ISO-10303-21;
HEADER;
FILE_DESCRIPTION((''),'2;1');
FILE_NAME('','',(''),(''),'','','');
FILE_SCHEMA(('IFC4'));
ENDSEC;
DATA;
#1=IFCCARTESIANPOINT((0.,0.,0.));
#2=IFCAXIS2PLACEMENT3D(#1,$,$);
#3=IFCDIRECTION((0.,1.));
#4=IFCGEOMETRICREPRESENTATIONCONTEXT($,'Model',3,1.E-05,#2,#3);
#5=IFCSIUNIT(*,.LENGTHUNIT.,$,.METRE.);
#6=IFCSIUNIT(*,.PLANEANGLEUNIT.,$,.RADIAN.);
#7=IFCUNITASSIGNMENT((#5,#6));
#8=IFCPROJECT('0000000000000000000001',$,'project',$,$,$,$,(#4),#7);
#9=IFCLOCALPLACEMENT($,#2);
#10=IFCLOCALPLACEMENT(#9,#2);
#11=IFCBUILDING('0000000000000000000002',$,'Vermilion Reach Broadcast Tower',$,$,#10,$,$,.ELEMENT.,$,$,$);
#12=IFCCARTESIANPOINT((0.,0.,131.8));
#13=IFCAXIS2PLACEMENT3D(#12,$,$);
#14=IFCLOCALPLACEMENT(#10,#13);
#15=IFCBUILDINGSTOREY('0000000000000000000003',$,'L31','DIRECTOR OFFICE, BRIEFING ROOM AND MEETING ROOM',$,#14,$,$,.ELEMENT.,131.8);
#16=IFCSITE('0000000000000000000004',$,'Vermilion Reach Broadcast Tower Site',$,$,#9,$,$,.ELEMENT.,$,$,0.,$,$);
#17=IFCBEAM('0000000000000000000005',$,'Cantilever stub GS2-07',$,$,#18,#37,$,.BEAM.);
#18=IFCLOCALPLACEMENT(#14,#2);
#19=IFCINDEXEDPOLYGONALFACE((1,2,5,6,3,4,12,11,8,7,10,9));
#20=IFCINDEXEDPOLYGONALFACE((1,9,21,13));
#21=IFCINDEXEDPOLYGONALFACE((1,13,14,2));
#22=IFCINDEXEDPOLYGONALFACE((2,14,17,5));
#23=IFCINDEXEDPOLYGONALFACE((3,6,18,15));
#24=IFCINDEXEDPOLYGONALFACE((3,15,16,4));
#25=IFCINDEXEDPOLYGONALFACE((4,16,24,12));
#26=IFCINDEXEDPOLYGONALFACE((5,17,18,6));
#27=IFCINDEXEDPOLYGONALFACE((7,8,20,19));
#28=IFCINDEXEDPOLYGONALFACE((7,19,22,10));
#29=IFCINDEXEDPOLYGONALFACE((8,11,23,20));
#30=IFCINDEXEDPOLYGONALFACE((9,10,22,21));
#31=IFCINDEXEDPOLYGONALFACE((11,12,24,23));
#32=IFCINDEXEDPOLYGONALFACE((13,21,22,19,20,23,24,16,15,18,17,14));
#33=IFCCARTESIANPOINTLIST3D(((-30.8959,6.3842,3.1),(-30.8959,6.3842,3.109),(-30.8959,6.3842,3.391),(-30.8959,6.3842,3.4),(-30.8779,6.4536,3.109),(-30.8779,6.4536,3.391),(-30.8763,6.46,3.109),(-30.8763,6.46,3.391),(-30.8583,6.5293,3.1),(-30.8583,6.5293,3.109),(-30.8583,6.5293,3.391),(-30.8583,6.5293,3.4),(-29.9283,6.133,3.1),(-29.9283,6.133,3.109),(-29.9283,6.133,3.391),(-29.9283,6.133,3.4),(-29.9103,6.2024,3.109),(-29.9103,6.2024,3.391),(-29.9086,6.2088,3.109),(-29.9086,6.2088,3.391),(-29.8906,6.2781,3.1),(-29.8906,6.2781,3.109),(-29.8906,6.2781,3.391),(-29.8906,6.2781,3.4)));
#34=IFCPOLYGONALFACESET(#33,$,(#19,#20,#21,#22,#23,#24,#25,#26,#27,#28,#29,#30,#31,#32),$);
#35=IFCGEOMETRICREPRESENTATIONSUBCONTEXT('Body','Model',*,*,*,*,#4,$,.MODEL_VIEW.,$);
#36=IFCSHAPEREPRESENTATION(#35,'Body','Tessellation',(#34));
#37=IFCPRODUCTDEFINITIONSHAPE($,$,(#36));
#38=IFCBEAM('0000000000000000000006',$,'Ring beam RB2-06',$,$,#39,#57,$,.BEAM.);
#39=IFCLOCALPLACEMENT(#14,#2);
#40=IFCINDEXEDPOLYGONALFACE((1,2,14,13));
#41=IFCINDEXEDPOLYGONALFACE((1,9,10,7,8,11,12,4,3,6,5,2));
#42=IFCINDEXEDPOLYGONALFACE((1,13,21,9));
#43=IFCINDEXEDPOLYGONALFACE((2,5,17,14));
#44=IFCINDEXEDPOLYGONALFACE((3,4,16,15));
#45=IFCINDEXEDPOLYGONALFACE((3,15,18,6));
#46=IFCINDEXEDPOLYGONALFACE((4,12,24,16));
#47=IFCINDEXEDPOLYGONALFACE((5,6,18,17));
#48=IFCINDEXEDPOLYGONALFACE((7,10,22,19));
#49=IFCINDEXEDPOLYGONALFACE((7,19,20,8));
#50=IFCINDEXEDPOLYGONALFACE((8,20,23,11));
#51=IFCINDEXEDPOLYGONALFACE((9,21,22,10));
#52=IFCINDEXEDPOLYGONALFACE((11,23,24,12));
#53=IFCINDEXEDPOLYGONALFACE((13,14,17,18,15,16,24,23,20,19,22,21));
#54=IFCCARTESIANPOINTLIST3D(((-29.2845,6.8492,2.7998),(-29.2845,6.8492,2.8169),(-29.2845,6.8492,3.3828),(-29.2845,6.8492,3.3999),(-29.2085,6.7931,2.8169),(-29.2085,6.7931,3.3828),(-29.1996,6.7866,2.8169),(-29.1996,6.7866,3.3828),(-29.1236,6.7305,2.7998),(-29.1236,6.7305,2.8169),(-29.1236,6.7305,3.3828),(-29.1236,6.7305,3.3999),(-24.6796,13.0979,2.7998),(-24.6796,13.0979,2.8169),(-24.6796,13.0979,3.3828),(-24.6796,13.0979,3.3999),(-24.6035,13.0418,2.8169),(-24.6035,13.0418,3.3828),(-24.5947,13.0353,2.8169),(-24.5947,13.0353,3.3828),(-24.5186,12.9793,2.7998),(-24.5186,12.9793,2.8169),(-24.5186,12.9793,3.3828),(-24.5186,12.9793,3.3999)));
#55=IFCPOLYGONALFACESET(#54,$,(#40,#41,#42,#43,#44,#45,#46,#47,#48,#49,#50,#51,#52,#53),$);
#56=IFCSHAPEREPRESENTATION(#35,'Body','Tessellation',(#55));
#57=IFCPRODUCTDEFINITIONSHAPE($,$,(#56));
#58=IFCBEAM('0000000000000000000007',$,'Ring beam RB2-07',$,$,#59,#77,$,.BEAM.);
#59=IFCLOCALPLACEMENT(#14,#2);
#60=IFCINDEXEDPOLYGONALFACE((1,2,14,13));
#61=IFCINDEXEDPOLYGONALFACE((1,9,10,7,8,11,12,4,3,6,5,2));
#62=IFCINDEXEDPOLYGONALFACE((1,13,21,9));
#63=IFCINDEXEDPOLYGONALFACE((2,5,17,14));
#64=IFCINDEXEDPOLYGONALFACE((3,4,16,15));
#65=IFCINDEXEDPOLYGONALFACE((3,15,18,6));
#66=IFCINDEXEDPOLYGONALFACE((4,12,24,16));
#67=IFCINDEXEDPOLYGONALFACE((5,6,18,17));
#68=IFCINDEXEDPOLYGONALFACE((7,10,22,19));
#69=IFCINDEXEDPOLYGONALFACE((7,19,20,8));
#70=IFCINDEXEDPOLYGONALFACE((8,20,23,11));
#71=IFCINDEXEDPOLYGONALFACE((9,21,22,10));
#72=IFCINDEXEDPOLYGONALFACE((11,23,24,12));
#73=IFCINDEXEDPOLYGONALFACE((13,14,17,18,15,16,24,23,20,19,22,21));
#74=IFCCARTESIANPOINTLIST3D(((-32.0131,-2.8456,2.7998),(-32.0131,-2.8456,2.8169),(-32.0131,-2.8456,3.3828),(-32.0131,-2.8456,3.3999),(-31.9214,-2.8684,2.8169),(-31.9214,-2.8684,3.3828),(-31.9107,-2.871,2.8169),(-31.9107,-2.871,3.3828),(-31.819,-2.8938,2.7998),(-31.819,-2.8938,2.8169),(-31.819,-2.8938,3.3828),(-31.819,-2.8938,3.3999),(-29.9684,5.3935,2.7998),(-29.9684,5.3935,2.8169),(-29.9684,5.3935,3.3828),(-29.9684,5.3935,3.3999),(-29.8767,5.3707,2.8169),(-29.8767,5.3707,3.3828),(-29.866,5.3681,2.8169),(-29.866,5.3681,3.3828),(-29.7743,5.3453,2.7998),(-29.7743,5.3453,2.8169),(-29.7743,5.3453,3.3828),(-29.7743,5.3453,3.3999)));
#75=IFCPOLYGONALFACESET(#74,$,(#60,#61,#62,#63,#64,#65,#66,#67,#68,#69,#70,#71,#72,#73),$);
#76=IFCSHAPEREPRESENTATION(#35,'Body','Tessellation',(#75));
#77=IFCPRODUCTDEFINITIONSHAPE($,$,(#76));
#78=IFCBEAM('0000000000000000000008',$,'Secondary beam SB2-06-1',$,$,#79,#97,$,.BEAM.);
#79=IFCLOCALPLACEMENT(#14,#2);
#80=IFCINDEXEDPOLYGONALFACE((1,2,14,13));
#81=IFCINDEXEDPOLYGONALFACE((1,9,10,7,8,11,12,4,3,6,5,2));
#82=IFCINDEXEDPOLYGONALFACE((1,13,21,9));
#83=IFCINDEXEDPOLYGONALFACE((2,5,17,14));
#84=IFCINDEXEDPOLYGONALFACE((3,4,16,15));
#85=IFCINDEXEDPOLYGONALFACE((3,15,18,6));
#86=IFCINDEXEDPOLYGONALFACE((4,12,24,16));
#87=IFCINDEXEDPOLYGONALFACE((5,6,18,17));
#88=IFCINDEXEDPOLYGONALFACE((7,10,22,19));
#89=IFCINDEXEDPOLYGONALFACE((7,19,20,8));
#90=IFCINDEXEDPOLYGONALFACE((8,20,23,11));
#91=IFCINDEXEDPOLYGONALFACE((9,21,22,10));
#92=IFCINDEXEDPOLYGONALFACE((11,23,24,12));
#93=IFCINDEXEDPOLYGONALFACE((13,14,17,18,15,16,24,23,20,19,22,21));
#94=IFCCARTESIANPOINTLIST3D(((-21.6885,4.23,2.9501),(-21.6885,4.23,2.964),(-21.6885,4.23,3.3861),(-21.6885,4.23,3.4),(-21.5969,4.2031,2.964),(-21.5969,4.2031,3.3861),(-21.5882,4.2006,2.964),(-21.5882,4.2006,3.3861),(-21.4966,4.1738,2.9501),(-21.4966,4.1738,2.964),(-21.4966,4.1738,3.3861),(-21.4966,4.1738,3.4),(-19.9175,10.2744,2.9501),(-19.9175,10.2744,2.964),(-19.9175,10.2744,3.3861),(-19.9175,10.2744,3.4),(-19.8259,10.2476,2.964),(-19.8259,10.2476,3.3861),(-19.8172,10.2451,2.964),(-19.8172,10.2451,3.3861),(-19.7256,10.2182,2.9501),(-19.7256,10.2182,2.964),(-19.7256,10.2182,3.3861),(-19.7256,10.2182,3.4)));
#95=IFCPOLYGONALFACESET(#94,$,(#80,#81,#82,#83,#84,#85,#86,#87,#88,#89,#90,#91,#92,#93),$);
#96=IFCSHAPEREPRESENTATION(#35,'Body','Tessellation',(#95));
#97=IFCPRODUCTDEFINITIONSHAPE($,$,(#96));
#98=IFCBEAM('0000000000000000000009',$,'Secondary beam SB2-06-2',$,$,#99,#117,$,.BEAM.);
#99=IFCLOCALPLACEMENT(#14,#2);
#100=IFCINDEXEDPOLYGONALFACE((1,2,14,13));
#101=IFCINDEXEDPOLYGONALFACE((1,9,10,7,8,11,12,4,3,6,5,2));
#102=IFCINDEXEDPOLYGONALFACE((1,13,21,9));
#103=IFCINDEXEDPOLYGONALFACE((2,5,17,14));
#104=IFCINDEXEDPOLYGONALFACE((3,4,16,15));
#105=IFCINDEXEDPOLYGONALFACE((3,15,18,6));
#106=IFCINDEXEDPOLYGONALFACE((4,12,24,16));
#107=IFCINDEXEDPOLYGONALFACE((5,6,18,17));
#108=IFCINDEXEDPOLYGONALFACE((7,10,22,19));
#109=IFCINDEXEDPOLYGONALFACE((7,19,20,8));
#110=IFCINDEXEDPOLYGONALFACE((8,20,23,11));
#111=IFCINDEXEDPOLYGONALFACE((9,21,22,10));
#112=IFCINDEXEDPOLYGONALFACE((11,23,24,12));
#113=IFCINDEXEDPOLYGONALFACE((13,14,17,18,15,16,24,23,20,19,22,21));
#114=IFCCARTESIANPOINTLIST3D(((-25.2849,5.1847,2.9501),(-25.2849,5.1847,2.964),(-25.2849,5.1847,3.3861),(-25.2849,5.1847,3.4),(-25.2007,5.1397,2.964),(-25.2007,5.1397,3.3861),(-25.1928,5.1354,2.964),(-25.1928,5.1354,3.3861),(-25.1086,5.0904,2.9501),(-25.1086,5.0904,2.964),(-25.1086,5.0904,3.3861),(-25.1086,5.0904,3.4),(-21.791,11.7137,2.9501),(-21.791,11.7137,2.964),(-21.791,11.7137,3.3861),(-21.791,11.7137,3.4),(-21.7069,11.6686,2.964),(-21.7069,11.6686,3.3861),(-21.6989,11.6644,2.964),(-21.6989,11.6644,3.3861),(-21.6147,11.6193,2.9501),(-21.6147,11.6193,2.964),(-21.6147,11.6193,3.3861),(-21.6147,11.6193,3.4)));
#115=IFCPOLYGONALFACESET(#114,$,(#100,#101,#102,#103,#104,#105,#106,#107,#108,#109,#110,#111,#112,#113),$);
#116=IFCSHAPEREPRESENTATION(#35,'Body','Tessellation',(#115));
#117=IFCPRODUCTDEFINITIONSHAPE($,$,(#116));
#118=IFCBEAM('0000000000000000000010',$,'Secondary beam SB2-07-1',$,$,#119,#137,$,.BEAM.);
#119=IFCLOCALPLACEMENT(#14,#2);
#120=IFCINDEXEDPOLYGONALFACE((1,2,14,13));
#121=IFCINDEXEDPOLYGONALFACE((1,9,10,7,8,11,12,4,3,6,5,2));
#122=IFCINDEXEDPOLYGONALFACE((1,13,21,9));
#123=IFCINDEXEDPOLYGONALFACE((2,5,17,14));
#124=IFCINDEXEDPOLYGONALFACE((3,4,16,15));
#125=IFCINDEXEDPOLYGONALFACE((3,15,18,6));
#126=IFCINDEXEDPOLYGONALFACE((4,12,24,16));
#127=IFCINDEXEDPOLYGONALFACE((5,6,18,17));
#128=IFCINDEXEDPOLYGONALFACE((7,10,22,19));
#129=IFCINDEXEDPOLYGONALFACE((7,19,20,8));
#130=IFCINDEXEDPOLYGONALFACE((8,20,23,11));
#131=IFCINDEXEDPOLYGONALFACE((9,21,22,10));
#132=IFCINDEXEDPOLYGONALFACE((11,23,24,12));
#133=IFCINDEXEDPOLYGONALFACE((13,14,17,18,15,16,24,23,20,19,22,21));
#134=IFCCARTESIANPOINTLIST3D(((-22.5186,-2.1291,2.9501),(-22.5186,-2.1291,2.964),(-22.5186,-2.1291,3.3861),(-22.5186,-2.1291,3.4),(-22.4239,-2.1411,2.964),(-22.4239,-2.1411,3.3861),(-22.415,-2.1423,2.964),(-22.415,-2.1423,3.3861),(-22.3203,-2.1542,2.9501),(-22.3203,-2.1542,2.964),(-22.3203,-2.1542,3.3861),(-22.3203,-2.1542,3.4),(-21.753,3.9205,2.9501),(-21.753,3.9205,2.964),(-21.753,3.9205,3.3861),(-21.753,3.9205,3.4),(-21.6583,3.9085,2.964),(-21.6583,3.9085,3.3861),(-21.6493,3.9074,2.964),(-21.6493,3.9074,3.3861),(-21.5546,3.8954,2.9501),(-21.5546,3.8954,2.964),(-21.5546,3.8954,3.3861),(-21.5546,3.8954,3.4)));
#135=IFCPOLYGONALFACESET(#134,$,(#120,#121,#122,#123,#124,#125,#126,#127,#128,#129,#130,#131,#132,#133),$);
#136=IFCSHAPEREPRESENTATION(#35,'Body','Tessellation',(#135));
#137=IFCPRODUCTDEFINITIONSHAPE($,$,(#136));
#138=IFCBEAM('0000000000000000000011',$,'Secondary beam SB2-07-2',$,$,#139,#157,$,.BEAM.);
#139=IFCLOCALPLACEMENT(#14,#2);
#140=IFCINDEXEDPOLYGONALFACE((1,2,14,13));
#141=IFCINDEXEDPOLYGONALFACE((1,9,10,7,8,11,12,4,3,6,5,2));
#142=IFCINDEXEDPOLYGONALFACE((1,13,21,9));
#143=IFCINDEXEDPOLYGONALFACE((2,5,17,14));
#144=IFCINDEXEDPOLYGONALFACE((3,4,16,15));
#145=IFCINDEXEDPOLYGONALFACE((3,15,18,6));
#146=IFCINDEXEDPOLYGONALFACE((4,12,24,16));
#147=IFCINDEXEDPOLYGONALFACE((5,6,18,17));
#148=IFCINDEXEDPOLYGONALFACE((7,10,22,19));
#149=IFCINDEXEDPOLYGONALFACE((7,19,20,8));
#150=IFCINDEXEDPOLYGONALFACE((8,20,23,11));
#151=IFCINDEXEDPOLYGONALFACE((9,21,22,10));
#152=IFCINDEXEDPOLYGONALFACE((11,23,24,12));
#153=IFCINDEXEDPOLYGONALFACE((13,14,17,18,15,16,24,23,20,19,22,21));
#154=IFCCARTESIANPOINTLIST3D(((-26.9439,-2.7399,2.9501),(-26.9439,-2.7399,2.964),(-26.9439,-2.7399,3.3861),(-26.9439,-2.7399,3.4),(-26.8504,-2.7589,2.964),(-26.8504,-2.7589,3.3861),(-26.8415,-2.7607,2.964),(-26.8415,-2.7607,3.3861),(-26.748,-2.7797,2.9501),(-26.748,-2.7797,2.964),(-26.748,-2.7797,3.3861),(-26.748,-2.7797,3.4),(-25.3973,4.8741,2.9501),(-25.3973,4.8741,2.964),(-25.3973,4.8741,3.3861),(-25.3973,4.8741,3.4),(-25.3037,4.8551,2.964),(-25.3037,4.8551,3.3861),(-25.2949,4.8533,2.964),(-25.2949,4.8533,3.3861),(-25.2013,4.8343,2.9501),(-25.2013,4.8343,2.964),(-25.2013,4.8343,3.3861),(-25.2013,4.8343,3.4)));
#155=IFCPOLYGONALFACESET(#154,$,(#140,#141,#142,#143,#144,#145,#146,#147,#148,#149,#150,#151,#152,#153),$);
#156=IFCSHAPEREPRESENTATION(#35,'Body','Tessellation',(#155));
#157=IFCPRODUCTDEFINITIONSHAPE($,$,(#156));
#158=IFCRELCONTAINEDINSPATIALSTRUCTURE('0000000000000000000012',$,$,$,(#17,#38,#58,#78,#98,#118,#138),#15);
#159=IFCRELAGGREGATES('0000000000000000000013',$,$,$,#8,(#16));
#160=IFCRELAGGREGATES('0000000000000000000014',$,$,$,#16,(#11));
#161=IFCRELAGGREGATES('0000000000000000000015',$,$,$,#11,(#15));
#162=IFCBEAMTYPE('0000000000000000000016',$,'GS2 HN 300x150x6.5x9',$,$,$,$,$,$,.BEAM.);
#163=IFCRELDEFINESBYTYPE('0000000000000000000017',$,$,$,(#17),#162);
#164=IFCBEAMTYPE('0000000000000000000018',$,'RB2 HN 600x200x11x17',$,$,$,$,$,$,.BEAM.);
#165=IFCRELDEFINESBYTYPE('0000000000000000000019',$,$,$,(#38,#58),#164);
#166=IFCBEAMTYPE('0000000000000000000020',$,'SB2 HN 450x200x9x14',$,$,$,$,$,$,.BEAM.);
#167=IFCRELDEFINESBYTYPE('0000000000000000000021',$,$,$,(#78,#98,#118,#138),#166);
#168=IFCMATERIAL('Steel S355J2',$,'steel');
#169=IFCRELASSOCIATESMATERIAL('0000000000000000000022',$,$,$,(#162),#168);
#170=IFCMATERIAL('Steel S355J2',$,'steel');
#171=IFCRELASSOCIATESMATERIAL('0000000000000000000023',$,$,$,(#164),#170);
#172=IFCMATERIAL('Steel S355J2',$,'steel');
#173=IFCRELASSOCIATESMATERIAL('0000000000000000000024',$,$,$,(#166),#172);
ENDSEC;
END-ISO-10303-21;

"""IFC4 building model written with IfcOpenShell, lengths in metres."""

from ifc_helpers import new_model, si_unit, direction, frame, origin, origin_2d, place, context, subcontext, project, spatial, i_section, extrude, material, material_profile, profile_set, type_object, element, save


model = new_model("IFC4")

# Units and contexts
model_context = context("Model", 3, precision=1e-05, world=origin(), true_north=direction((0.0, 1.0)))
body_context = subcontext(model_context, "Body", "Model", "MODEL_VIEW")
ifc_project = project(units=[si_unit("LENGTHUNIT", "METRE"), si_unit("PLANEANGLEUNIT", "RADIAN")], contexts=[model_context])

# Site, building, storey
site_placement = place(None, origin())
site = spatial("IfcSite", under=ifc_project, at=site_placement, Name="Vermilion Reach Broadcast Tower Site", CompositionType="ELEMENT", RefElevation=0.0)
building_placement = place(site_placement, origin())
building = spatial("IfcBuilding", under=site, at=building_placement, Name="Vermilion Reach Broadcast Tower", CompositionType="ELEMENT")
storey_placement = place(building_placement, frame((0.0, 0.0, 131.8)))
storey = spatial("IfcBuildingStorey", under=building, at=storey_placement, Name="L31", Description="DIRECTOR OFFICE, BRIEFING ROOM AND MEETING ROOM", CompositionType="ELEMENT", Elevation=131.8)

# Beams
ifc_material_1 = material(Name="Steel S355J2", Category="steel")
ifc_material_profile_1 = material_profile(ifc_material_1, i_section(OverallWidth=0.1499, OverallDepth=0.3, WebThickness=0.0066, FlangeThickness=0.009, at=origin_2d()), Name="S355J2 HN 300x150x6.5x9")
ifc_profile_set_1 = profile_set([ifc_material_profile_1], Name="Steel S355J2")
beam_type_1 = type_object("IfcBeamType", Name="GS2 HN 300x150x6.5x9", PredefinedType="BEAM", material=ifc_profile_set_1)
beam_1_placement = place(storey_placement, frame((-29.9094, 6.2056, 3.25), z_axis=(-0.96792, 0.251259, 0.0), x_axis=(-0.251259, -0.96792, 0.0)))
element("IfcBeam", 1, at=beam_1_placement, inside=storey, type_object=beam_type_1, Name="Cantilever stub GS2-07", PredefinedType="BEAM", context=body_context, shape_type="SweptSolid", body=[
    extrude(i_section(OverallWidth=0.1499, OverallDepth=0.3, WebThickness=0.0066, FlangeThickness=0.009, at=origin_2d()), origin(), (0.0, 0.0, 1.0), 0.9998),
])
ifc_material_2 = material(Name="Steel S355J2", Category="steel")
ifc_material_profile_2 = material_profile(ifc_material_2, i_section(OverallWidth=0.2, OverallDepth=0.6001, WebThickness=0.011, FlangeThickness=0.0171, at=origin_2d()), Name="S355J2 HN 600x200x11x17")
ifc_profile_set_2 = profile_set([ifc_material_profile_2], Name="Steel S355J2")
beam_type_2 = type_object("IfcBeamType", Name="RB2 HN 600x200x11x17", PredefinedType="BEAM", material=ifc_profile_set_2)
beam_2_placement = place(storey_placement, frame((-24.5991, 13.0386, 3.0999), z_axis=(-0.593251, -0.805018, 0.0), x_axis=(0.805018, -0.593251, 0.0)))
element("IfcBeam", 2, at=beam_2_placement, inside=storey, type_object=beam_type_2, Name="Ring beam RB2-06", PredefinedType="BEAM", context=body_context, shape_type="SweptSolid", body=[
    extrude(i_section(OverallWidth=0.2, OverallDepth=0.6001, WebThickness=0.011, FlangeThickness=0.0171, at=origin_2d()), origin(), (0.0, 0.0, 1.0), 7.7622),
])
beam_3_placement = place(storey_placement, frame((-29.8713, 5.3694, 3.0999), z_axis=(-0.240864, -0.970559, 0.0), x_axis=(0.970559, -0.240864, 0.0)))
element("IfcBeam", 3, at=beam_3_placement, inside=storey, type_object=beam_type_2, Name="Ring beam RB2-07", PredefinedType="BEAM", context=body_context, shape_type="SweptSolid", body=[
    extrude(i_section(OverallWidth=0.2, OverallDepth=0.6001, WebThickness=0.011, FlangeThickness=0.0171, at=origin_2d()), origin(), (0.0, 0.0, 1.0), 8.489),
])
ifc_material_3 = material(Name="Steel S355J2", Category="steel")
ifc_material_profile_3 = material_profile(ifc_material_3, i_section(OverallWidth=0.2, OverallDepth=0.45, WebThickness=0.009, FlangeThickness=0.0139, at=origin_2d()), Name="S355J2 HN 450x200x9x14")
ifc_profile_set_3 = profile_set([ifc_material_profile_3], Name="Steel S355J2")
beam_type_3 = type_object("IfcBeamType", Name="SB2 HN 450x200x9x14", PredefinedType="BEAM", material=ifc_profile_set_3)
beam_4_placement = place(storey_placement, frame((-19.8215, 10.2463, 3.175), z_axis=(-0.281176, -0.959656, 0.0), x_axis=(0.959656, -0.281176, 0.0)))
element("IfcBeam", 4, at=beam_4_placement, inside=storey, type_object=beam_type_3, Name="Secondary beam SB2-06-1", PredefinedType="BEAM", context=body_context, shape_type="SweptSolid", body=[
    extrude(i_section(OverallWidth=0.2, OverallDepth=0.45, WebThickness=0.009, FlangeThickness=0.0139, at=origin_2d()), origin(), (0.0, 0.0, 1.0), 6.2986),
])
beam_5_placement = place(storey_placement, frame((-21.7029, 11.6665, 3.175), z_axis=(-0.471822, -0.881694, 0.0), x_axis=(0.881694, -0.471822, 0.0)))
element("IfcBeam", 5, at=beam_5_placement, inside=storey, type_object=beam_type_3, Name="Secondary beam SB2-06-2", PredefinedType="BEAM", context=body_context, shape_type="SweptSolid", body=[
    extrude(i_section(OverallWidth=0.2, OverallDepth=0.45, WebThickness=0.009, FlangeThickness=0.0139, at=origin_2d()), origin(), (0.0, 0.0, 1.0), 7.405),
])
beam_6_placement = place(storey_placement, frame((-21.6538, 3.908, 3.175), z_axis=(-0.125557, -0.992086, 0.0), x_axis=(0.992086, -0.125557, 0.0)))
element("IfcBeam", 6, at=beam_6_placement, inside=storey, type_object=beam_type_3, Name="Secondary beam SB2-07-1", PredefinedType="BEAM", context=body_context, shape_type="SweptSolid", body=[
    extrude(i_section(OverallWidth=0.2, OverallDepth=0.45, WebThickness=0.009, FlangeThickness=0.0139, at=origin_2d()), origin(), (0.0, 0.0, 1.0), 6.0979),
])
beam_7_placement = place(storey_placement, frame((-25.2993, 4.8542, 3.175), z_axis=(-0.199064, -0.979986, 0.0), x_axis=(0.979986, -0.199064, 0.0)))
element("IfcBeam", 7, at=beam_7_placement, inside=storey, type_object=beam_type_3, Name="Secondary beam SB2-07-2", PredefinedType="BEAM", context=body_context, shape_type="SweptSolid", body=[
    extrude(i_section(OverallWidth=0.2, OverallDepth=0.45, WebThickness=0.009, FlangeThickness=0.0139, at=origin_2d()), origin(), (0.0, 0.0, 1.0), 7.7695),
])

save(model, "model.ifc")
